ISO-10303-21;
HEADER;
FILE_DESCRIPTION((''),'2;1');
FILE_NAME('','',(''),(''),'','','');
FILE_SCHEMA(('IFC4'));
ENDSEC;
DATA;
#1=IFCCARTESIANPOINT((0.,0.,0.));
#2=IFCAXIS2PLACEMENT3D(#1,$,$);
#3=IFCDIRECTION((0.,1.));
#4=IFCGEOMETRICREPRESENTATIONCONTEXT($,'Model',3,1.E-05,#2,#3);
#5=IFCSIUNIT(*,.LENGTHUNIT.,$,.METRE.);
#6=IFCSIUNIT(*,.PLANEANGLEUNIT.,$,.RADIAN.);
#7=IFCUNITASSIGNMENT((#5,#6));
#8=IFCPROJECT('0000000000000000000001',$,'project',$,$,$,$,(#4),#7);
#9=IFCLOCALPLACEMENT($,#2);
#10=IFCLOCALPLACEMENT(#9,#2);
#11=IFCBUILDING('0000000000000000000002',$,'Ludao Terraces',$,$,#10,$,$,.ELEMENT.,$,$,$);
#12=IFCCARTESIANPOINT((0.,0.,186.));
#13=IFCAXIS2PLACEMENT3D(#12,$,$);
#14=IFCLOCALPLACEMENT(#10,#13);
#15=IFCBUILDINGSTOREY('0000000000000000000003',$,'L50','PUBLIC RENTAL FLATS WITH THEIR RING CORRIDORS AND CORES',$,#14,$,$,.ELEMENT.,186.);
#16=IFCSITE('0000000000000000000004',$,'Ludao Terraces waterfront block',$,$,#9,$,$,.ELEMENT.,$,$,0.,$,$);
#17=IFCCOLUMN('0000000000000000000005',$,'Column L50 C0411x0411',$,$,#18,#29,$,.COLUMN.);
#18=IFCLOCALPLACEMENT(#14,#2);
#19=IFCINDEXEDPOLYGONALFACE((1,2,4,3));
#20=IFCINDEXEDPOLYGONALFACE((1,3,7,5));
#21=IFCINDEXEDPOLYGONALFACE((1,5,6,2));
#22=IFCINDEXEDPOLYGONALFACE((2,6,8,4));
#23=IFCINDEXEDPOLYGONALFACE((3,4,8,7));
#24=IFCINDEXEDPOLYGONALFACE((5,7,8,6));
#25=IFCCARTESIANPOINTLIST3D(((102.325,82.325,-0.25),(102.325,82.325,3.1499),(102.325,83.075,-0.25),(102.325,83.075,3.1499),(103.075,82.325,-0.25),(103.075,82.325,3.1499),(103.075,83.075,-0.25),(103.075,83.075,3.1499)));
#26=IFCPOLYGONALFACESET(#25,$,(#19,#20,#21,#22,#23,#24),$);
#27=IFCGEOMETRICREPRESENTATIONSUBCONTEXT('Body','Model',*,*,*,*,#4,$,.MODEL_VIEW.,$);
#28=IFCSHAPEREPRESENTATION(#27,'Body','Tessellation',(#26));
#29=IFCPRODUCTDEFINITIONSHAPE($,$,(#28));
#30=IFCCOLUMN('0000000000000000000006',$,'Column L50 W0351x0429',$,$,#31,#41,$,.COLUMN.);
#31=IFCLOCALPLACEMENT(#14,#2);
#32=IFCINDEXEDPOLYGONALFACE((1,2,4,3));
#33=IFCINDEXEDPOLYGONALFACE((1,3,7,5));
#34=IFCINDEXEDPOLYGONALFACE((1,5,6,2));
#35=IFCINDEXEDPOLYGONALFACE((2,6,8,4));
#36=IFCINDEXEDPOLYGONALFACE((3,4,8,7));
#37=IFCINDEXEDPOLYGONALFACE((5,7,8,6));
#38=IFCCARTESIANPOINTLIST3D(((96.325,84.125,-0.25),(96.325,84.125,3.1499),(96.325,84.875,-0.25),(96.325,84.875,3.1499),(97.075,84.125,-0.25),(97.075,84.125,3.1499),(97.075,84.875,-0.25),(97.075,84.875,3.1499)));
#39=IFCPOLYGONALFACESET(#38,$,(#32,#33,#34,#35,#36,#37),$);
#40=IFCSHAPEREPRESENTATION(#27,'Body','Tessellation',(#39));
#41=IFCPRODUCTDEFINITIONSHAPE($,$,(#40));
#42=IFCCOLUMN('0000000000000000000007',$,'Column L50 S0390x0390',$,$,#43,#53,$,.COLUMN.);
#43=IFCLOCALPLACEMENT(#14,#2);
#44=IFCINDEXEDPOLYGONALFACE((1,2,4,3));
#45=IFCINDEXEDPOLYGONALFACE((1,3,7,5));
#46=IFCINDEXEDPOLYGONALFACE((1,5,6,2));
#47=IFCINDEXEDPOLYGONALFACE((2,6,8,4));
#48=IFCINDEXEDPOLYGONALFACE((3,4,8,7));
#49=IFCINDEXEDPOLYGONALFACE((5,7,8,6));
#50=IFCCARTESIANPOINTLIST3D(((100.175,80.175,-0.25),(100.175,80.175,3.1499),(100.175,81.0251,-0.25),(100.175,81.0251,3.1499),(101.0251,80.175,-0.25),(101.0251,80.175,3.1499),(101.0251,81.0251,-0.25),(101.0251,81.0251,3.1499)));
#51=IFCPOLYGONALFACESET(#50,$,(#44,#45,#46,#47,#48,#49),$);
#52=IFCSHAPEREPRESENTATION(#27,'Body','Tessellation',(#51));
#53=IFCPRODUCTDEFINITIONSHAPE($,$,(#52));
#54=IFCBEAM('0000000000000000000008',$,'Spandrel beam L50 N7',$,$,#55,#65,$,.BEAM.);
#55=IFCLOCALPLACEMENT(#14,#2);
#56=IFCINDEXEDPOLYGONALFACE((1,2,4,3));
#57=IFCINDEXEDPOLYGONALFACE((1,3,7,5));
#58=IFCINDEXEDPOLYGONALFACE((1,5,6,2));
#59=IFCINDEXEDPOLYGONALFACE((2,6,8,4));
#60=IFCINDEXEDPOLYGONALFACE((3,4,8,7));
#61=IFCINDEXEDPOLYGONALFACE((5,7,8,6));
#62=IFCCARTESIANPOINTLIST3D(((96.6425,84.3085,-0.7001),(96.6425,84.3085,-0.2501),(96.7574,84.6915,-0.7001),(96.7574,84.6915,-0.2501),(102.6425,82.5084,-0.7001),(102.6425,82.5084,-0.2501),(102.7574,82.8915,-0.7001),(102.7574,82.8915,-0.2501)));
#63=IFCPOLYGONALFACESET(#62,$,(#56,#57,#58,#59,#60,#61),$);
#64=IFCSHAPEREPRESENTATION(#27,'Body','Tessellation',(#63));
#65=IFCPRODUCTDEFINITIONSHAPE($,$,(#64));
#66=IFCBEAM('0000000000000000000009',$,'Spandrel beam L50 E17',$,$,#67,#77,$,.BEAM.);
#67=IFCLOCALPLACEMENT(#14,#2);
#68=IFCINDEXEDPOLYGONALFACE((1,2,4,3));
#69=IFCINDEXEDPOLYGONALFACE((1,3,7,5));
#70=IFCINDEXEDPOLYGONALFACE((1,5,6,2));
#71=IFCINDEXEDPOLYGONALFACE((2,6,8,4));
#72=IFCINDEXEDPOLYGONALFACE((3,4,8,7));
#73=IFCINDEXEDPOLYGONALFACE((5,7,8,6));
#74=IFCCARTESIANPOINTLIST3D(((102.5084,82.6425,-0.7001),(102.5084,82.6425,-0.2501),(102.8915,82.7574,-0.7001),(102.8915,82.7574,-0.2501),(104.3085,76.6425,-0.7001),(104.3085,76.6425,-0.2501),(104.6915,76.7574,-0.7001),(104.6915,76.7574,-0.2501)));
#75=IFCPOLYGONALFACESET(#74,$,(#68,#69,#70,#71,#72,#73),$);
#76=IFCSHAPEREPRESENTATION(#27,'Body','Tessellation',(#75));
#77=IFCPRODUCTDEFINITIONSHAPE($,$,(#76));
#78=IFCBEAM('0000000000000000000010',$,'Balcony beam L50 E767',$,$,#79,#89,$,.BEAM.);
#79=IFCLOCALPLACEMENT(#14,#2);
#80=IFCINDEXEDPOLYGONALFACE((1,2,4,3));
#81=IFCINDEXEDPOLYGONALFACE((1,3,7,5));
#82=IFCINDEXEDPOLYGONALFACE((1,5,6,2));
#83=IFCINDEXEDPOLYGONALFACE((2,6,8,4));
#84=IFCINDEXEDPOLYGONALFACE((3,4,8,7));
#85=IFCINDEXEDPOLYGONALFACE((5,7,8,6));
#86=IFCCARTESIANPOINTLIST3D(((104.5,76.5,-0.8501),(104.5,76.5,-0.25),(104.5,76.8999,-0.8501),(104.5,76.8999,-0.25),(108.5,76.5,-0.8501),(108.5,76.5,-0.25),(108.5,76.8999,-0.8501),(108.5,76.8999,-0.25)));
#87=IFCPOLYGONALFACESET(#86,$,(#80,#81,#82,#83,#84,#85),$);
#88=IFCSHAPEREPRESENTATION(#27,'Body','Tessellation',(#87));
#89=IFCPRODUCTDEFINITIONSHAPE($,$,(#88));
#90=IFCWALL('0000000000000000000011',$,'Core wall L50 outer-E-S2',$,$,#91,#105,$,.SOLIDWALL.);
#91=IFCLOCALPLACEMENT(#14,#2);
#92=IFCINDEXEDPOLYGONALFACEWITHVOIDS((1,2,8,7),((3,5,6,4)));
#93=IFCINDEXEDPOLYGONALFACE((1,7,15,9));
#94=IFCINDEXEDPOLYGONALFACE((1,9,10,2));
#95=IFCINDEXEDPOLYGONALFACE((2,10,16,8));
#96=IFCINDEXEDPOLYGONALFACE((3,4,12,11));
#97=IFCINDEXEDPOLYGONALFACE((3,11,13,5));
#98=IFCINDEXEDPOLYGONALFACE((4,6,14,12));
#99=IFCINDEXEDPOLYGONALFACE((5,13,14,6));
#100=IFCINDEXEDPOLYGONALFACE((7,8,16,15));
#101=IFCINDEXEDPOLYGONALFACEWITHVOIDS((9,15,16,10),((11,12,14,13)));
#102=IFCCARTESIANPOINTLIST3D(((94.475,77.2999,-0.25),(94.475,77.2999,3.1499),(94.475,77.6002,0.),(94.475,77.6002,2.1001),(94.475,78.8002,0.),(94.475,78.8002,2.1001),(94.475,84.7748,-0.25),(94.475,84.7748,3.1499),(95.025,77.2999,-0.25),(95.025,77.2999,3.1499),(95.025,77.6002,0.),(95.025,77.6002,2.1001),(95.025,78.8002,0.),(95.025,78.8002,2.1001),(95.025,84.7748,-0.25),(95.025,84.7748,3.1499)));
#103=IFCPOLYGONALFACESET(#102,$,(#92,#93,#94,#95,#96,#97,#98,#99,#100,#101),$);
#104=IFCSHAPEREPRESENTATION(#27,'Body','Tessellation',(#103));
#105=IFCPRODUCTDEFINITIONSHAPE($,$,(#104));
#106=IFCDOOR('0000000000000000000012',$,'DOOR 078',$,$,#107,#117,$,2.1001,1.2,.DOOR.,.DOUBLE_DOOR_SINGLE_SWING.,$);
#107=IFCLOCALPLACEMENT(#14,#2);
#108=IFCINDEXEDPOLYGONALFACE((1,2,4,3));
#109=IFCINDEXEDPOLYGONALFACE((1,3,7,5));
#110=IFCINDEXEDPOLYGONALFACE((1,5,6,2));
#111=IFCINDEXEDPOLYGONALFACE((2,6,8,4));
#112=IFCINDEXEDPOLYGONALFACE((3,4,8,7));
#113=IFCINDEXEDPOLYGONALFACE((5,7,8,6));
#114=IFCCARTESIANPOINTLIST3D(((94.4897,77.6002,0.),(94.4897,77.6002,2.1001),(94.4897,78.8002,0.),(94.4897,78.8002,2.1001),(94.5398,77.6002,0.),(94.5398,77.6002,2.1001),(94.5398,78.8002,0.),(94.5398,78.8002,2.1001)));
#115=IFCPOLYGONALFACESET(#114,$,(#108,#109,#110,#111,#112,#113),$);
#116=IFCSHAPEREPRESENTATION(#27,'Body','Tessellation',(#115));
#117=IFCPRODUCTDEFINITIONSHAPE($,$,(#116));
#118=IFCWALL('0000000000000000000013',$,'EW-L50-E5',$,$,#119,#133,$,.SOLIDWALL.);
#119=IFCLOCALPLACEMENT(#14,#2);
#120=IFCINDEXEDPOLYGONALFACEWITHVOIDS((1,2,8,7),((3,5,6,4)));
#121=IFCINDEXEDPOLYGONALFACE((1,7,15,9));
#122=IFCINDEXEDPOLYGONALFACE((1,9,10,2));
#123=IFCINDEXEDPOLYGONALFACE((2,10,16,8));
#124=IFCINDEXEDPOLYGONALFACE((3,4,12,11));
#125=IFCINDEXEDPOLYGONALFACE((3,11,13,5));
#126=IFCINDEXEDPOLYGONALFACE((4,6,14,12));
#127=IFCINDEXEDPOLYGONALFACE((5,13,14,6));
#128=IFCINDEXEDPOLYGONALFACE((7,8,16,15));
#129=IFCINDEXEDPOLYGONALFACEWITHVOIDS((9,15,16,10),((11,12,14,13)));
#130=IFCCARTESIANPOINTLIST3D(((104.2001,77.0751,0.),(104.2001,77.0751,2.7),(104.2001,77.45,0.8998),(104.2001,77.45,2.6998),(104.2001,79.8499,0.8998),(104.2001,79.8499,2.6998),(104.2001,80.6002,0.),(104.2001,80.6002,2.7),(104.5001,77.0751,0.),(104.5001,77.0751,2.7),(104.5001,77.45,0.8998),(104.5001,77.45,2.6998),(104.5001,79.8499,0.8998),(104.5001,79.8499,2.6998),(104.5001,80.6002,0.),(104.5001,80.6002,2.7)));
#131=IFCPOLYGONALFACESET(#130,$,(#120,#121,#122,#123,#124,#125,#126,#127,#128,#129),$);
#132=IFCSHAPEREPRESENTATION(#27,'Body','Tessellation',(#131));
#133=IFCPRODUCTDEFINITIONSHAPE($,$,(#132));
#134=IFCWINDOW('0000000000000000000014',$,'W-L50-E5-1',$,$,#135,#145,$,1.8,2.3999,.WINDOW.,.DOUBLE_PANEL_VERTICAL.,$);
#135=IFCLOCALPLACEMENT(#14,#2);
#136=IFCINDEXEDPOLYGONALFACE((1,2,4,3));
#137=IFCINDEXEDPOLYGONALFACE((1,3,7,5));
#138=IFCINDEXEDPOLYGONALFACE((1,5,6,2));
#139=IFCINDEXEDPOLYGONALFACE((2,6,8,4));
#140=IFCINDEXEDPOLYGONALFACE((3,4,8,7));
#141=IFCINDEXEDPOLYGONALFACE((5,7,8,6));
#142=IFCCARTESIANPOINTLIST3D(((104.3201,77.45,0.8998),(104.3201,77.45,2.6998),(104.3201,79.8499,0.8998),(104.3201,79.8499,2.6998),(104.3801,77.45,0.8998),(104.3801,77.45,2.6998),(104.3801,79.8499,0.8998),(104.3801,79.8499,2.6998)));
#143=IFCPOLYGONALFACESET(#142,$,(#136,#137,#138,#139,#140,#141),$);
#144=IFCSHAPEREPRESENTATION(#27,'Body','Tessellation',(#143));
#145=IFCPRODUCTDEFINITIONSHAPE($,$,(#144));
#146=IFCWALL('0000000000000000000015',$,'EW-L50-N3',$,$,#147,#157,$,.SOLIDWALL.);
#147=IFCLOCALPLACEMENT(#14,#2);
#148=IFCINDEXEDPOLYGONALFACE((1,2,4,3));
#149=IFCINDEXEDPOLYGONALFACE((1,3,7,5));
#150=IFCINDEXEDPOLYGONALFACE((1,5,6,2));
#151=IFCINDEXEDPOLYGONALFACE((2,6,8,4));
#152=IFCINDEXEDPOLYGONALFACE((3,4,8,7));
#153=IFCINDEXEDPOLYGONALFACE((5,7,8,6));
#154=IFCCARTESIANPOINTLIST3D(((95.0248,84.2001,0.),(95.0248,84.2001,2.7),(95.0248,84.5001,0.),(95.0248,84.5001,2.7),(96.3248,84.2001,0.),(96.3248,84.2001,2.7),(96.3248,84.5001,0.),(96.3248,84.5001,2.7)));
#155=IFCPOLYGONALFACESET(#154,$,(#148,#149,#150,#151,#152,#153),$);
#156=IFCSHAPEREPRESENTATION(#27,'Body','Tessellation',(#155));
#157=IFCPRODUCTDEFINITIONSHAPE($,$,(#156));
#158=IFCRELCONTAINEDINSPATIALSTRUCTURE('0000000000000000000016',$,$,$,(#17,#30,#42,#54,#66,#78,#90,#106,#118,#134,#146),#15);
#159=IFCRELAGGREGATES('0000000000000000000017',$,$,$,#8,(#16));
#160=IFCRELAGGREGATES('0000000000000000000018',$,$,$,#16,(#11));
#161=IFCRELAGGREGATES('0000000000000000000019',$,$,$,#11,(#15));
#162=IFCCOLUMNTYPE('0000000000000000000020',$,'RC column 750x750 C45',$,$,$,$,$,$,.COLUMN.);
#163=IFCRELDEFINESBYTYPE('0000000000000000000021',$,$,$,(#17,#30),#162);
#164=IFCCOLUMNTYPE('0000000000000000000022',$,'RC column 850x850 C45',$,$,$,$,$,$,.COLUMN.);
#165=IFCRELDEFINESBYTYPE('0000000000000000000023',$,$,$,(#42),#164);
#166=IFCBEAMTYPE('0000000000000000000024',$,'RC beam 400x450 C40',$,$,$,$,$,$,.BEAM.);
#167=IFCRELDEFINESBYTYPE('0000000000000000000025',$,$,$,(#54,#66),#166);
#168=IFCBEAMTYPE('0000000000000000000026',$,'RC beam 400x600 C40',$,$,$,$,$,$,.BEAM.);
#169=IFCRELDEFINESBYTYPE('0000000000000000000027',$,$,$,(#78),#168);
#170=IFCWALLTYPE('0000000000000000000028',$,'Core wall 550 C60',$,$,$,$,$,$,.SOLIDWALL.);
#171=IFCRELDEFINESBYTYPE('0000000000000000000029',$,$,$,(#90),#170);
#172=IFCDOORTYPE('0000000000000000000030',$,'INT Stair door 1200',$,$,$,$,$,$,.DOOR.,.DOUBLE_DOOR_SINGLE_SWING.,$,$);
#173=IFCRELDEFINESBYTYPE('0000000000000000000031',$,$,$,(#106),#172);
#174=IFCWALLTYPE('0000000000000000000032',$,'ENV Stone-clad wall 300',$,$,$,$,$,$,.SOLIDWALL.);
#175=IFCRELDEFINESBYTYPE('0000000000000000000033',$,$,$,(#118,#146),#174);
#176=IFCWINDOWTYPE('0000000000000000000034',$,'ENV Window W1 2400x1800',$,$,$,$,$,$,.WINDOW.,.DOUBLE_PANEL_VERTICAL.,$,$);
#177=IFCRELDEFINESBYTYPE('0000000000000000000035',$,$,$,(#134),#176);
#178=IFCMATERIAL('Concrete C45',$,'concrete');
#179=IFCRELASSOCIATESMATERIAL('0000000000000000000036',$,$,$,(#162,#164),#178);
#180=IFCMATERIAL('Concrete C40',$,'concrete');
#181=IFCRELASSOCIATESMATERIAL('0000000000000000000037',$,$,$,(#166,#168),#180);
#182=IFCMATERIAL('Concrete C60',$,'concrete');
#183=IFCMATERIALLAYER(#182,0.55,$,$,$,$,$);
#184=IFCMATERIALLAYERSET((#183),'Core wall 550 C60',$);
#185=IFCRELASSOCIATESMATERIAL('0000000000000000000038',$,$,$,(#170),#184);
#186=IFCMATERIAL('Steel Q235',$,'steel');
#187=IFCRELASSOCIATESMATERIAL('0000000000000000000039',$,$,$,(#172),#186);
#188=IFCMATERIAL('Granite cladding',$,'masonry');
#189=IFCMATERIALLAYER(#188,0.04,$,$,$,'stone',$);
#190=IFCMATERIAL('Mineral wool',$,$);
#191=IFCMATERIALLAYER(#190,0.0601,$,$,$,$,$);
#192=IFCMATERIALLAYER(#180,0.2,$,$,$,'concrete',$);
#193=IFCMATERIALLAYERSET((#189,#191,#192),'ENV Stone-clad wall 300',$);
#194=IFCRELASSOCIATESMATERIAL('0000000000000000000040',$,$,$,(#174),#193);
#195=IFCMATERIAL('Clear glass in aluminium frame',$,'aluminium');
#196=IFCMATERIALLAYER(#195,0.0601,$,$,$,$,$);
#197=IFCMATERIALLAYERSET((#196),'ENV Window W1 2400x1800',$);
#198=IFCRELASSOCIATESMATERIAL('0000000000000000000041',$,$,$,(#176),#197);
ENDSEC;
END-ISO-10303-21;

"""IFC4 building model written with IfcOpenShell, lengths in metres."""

from ifc_helpers import new_model, si_unit, direction, frame, frame_2d, origin, origin_2d, place, context, subcontext, project, spatial, rectangle, extrude, material, layer, layer_set, material_profile, profile_set, type_object, element, fill, save


model = new_model("IFC4")

# Units and contexts
model_context = context("Model", 3, precision=1e-05, world=origin(), true_north=direction((0.0, 1.0)))
body_context = subcontext(model_context, "Body", "Model", "MODEL_VIEW")
ifc_project = project(units=[si_unit("LENGTHUNIT", "METRE"), si_unit("PLANEANGLEUNIT", "RADIAN")], contexts=[model_context])

# Site, building, storey
site_placement = place(None, origin())
site = spatial("IfcSite", under=ifc_project, at=site_placement, Name="Ludao Terraces waterfront block", CompositionType="ELEMENT", RefElevation=0.0)
building_placement = place(site_placement, origin())
building = spatial("IfcBuilding", under=site, at=building_placement, Name="Ludao Terraces", CompositionType="ELEMENT")
storey_placement = place(building_placement, frame((0.0, 0.0, 186.0)))
storey = spatial("IfcBuildingStorey", under=building, at=storey_placement, Name="L50", Description="PUBLIC RENTAL FLATS WITH THEIR RING CORRIDORS AND CORES", CompositionType="ELEMENT", Elevation=186.0)

# Columns
ifc_material_1 = material(Name="Concrete C45", Category="concrete")
ifc_material_profile_1 = material_profile(ifc_material_1, rectangle(XDim=0.75, YDim=0.75, at=origin_2d()), Name="750 X 750")
ifc_profile_set_1 = profile_set([ifc_material_profile_1], Name="Concrete C45")
column_type_1 = type_object("IfcColumnType", Name="RC column 750x750 C45", PredefinedType="COLUMN", material=ifc_profile_set_1)
for number, where, z_axis, x_axis, name in (
    (1, (102.7, 82.7, -0.25), (0.0, 0.0, 1.0), (1.0, 0.0, 0.0), "Column L50 C0411x0411"),
    (2, (96.7, 84.5, -0.25), (0.0, 0.0, 1.0), (1.0, 0.0, 0.0), "Column L50 W0351x0429"),
):
    element("IfcColumn", number, at=place(storey_placement, frame(where, z_axis=z_axis, x_axis=x_axis)), inside=storey, type_object=column_type_1, Name=name, PredefinedType="COLUMN", context=body_context, shape_type="SweptSolid", body=[
        extrude(rectangle(XDim=0.75, YDim=0.75, at=origin_2d()), origin(), (0.0, 0.0, 1.0), 3.3999),
    ])
ifc_material_profile_2 = material_profile(ifc_material_1, rectangle(XDim=0.8501, YDim=0.8501, at=origin_2d()), Name="850 X 850")
ifc_profile_set_2 = profile_set([ifc_material_profile_2], Name="Concrete C45")
column_type_2 = type_object("IfcColumnType", Name="RC column 850x850 C45", PredefinedType="COLUMN", material=ifc_profile_set_2)
column_placement = place(storey_placement, frame((100.6001, 80.6001, -0.25), z_axis=(0.0, 0.0, 1.0), x_axis=(1.0, 0.0, 0.0)))
element("IfcColumn", 3, at=column_placement, inside=storey, type_object=column_type_2, Name="Column L50 S0390x0390", PredefinedType="COLUMN", context=body_context, shape_type="SweptSolid", body=[
    extrude(rectangle(XDim=0.8501, YDim=0.8501, at=origin_2d()), origin(), (0.0, 0.0, 1.0), 3.3999),
])

# Beams
ifc_material_2 = material(Name="Concrete C40", Category="concrete")
ifc_material_profile_3 = material_profile(ifc_material_2, rectangle(XDim=0.3999, YDim=0.45, at=origin_2d()), Name="400 X 450")
ifc_profile_set_3 = profile_set([ifc_material_profile_3], Name="Concrete C40")
beam_type_1 = type_object("IfcBeamType", Name="RC beam 400x450 C40", PredefinedType="BEAM", material=ifc_profile_set_3)
for number, where, z_axis, x_axis, name in (
    (4, (96.7, 84.5, -0.4751), (0.957824, -0.287355, 0.0), (0.287355, 0.957824, 0.0), "Spandrel beam L50 N7"),
    (5, (104.5, 76.7, -0.4751), (-0.287355, 0.957824, 0.0), (-0.957824, -0.287355, 0.0), "Spandrel beam L50 E17"),
):
    element("IfcBeam", number, at=place(storey_placement, frame(where, z_axis=z_axis, x_axis=x_axis)), inside=storey, type_object=beam_type_1, Name=name, PredefinedType="BEAM", context=body_context, shape_type="SweptSolid", body=[
        extrude(rectangle(XDim=0.3999, YDim=0.45, at=origin_2d()), origin(), (0.0, 0.0, 1.0), 6.2642),
    ])
ifc_material_profile_4 = material_profile(ifc_material_2, rectangle(XDim=0.3999, YDim=0.6001, at=origin_2d()), Name="400 X 600")
ifc_profile_set_4 = profile_set([ifc_material_profile_4], Name="Concrete C40")
beam_type_2 = type_object("IfcBeamType", Name="RC beam 400x600 C40", PredefinedType="BEAM", material=ifc_profile_set_4)
beam_placement = place(storey_placement, frame((104.5, 76.7, -0.55), z_axis=(1.0, 0.0, 0.0), x_axis=(0.0, 1.0, 0.0)))
element("IfcBeam", 6, at=beam_placement, inside=storey, type_object=beam_type_2, Name="Balcony beam L50 E767", PredefinedType="BEAM", context=body_context, shape_type="SweptSolid", body=[
    extrude(rectangle(XDim=0.3999, YDim=0.6001, at=origin_2d()), origin(), (0.0, 0.0, 1.0), 4.0),
])

# Wall, opening, door
ifc_material_3 = material(Name="Concrete C60", Category="concrete")
ifc_layer_1 = layer(ifc_material_3, 0.55)
ifc_layer_set_1 = layer_set([ifc_layer_1], Name="Core wall 550 C60")
wall_type_1 = type_object("IfcWallType", Name="Core wall 550 C60", PredefinedType="SOLIDWALL", material=ifc_layer_set_1)
wall_1_placement = place(storey_placement, frame((94.75, 77.3, -0.25), z_axis=(0.0, 0.0, 1.0), x_axis=(0.0, 1.0, 0.0)))
wall_1 = element("IfcWall", 7, at=wall_1_placement, inside=storey, type_object=wall_type_1, Name="Core wall L50 outer-E-S2", PredefinedType="SOLIDWALL", context=body_context, shape_type="SweptSolid", body=[
    extrude(rectangle(XDim=7.4749, YDim=0.55, at=frame_2d((3.7373, 0.0))), origin(), (0.0, 0.0, 1.0), 3.3999),
])
opening_1_placement = place(wall_1_placement, frame((0.3, 0.0, 0.25)))
opening_1 = element("IfcOpeningElement", 8, at=opening_1_placement, cuts=wall_1, PredefinedType="OPENING", context=body_context, shape_type="SweptSolid", body=[
    extrude(rectangle(XDim=1.2, YDim=2.1001, at=frame_2d((0.6001, 1.05))), frame((0.0, 0.2852, 0.0), z_axis=(0.0, -1.0, 0.0), x_axis=(1.0, 0.0, 0.0)), (0.0, 0.0, 1.0), 0.5701),
])
ifc_material_4 = material(Name="Steel Q235", Category="steel")
door_type_1 = type_object("IfcDoorType", Name="INT Stair door 1200", OperationType="DOUBLE_DOOR_SINGLE_SWING", PredefinedType="DOOR", material=ifc_material_4)
door_1_placement = place(opening_1_placement, origin())
door_1 = element("IfcDoor", 9, at=door_1_placement, inside=storey, type_object=door_type_1, Name="DOOR 078", OperationType="DOUBLE_DOOR_SINGLE_SWING", OverallHeight=2.1001, OverallWidth=1.2, PredefinedType="DOOR", context=body_context, shape_type="SweptSolid", body=[
    extrude(rectangle(XDim=1.2, YDim=2.1001, at=frame_2d((0.6001, 1.05))), frame((0.0, 0.2603, 0.0), z_axis=(0.0, -1.0, 0.0), x_axis=(1.0, 0.0, 0.0)), (0.0, 0.0, 1.0), 0.05),
])
fill(opening_1, door_1)

# Wall, opening, window
ifc_material_5 = material(Name="Granite cladding", Category="masonry")
ifc_layer_2 = layer(ifc_material_5, 0.04, Category="stone")
ifc_material_6 = material(Name="Mineral wool")
ifc_layer_3 = layer(ifc_material_6, 0.0601)
ifc_layer_4 = layer(ifc_material_2, 0.2, Category="concrete")
ifc_layer_set_2 = layer_set([ifc_layer_2, ifc_layer_3, ifc_layer_4], Name="ENV Stone-clad wall 300")
wall_type_2 = type_object("IfcWallType", Name="ENV Stone-clad wall 300", PredefinedType="SOLIDWALL", material=ifc_layer_set_2)
wall_2_placement = place(storey_placement, frame((104.3501, 77.075, 0.0), z_axis=(0.0, 0.0, 1.0), x_axis=(0.0, 1.0, 0.0)))
wall_2 = element("IfcWall", 10, at=wall_2_placement, inside=storey, type_object=wall_type_2, Name="EW-L50-E5", PredefinedType="SOLIDWALL", context=body_context, shape_type="SweptSolid", body=[
    extrude(rectangle(XDim=3.5251, YDim=0.3, at=frame_2d((1.7627, 0.0))), origin(), (0.0, 0.0, 1.0), 2.7),
])
opening_2_placement = place(wall_2_placement, frame((0.375, 0.0, 0.8999)))
opening_2 = element("IfcOpeningElement", 11, at=opening_2_placement, cuts=wall_2, PredefinedType="OPENING", context=body_context, shape_type="SweptSolid", body=[
    extrude(rectangle(XDim=2.3999, YDim=1.8, at=frame_2d((1.2, 0.8999))), frame((0.0, 0.1602, 0.0), z_axis=(0.0, -1.0, 0.0), x_axis=(1.0, 0.0, 0.0)), (0.0, 0.0, 1.0), 0.3201),
])
ifc_material_7 = material(Name="Clear glass in aluminium frame", Category="aluminium")
ifc_layer_5 = layer(ifc_material_7, 0.0601)
ifc_layer_set_3 = layer_set([ifc_layer_5], Name="ENV Window W1 2400x1800")
window_type_1 = type_object("IfcWindowType", Name="ENV Window W1 2400x1800", PartitioningType="DOUBLE_PANEL_VERTICAL", PredefinedType="WINDOW", material=ifc_layer_set_3)
window_1_placement = place(opening_2_placement, origin())
window_1 = element("IfcWindow", 12, at=window_1_placement, inside=storey, type_object=window_type_1, Name="W-L50-E5-1", OverallHeight=1.8, OverallWidth=2.3999, PartitioningType="DOUBLE_PANEL_VERTICAL", PredefinedType="WINDOW", context=body_context, shape_type="SweptSolid", body=[
    extrude(rectangle(XDim=2.3999, YDim=1.8, at=frame_2d((1.2, 0.8999))), frame((0.0, 0.03, 0.0), z_axis=(0.0, -1.0, 0.0), x_axis=(1.0, 0.0, 0.0)), (0.0, 0.0, 1.0), 0.0601),
])
fill(opening_2, window_1)

# Wall
wall_3_placement = place(storey_placement, frame((95.0249, 84.3501, 0.0), z_axis=(0.0, 0.0, 1.0), x_axis=(1.0, 0.0, 0.0)))
element("IfcWall", 13, at=wall_3_placement, inside=storey, type_object=wall_type_2, Name="EW-L50-N3", PredefinedType="SOLIDWALL", context=body_context, shape_type="SweptSolid", body=[
    extrude(rectangle(XDim=1.3, YDim=0.3, at=frame_2d((0.6499, 0.0))), origin(), (0.0, 0.0, 1.0), 2.7),
])

save(model, "model.ifc")
